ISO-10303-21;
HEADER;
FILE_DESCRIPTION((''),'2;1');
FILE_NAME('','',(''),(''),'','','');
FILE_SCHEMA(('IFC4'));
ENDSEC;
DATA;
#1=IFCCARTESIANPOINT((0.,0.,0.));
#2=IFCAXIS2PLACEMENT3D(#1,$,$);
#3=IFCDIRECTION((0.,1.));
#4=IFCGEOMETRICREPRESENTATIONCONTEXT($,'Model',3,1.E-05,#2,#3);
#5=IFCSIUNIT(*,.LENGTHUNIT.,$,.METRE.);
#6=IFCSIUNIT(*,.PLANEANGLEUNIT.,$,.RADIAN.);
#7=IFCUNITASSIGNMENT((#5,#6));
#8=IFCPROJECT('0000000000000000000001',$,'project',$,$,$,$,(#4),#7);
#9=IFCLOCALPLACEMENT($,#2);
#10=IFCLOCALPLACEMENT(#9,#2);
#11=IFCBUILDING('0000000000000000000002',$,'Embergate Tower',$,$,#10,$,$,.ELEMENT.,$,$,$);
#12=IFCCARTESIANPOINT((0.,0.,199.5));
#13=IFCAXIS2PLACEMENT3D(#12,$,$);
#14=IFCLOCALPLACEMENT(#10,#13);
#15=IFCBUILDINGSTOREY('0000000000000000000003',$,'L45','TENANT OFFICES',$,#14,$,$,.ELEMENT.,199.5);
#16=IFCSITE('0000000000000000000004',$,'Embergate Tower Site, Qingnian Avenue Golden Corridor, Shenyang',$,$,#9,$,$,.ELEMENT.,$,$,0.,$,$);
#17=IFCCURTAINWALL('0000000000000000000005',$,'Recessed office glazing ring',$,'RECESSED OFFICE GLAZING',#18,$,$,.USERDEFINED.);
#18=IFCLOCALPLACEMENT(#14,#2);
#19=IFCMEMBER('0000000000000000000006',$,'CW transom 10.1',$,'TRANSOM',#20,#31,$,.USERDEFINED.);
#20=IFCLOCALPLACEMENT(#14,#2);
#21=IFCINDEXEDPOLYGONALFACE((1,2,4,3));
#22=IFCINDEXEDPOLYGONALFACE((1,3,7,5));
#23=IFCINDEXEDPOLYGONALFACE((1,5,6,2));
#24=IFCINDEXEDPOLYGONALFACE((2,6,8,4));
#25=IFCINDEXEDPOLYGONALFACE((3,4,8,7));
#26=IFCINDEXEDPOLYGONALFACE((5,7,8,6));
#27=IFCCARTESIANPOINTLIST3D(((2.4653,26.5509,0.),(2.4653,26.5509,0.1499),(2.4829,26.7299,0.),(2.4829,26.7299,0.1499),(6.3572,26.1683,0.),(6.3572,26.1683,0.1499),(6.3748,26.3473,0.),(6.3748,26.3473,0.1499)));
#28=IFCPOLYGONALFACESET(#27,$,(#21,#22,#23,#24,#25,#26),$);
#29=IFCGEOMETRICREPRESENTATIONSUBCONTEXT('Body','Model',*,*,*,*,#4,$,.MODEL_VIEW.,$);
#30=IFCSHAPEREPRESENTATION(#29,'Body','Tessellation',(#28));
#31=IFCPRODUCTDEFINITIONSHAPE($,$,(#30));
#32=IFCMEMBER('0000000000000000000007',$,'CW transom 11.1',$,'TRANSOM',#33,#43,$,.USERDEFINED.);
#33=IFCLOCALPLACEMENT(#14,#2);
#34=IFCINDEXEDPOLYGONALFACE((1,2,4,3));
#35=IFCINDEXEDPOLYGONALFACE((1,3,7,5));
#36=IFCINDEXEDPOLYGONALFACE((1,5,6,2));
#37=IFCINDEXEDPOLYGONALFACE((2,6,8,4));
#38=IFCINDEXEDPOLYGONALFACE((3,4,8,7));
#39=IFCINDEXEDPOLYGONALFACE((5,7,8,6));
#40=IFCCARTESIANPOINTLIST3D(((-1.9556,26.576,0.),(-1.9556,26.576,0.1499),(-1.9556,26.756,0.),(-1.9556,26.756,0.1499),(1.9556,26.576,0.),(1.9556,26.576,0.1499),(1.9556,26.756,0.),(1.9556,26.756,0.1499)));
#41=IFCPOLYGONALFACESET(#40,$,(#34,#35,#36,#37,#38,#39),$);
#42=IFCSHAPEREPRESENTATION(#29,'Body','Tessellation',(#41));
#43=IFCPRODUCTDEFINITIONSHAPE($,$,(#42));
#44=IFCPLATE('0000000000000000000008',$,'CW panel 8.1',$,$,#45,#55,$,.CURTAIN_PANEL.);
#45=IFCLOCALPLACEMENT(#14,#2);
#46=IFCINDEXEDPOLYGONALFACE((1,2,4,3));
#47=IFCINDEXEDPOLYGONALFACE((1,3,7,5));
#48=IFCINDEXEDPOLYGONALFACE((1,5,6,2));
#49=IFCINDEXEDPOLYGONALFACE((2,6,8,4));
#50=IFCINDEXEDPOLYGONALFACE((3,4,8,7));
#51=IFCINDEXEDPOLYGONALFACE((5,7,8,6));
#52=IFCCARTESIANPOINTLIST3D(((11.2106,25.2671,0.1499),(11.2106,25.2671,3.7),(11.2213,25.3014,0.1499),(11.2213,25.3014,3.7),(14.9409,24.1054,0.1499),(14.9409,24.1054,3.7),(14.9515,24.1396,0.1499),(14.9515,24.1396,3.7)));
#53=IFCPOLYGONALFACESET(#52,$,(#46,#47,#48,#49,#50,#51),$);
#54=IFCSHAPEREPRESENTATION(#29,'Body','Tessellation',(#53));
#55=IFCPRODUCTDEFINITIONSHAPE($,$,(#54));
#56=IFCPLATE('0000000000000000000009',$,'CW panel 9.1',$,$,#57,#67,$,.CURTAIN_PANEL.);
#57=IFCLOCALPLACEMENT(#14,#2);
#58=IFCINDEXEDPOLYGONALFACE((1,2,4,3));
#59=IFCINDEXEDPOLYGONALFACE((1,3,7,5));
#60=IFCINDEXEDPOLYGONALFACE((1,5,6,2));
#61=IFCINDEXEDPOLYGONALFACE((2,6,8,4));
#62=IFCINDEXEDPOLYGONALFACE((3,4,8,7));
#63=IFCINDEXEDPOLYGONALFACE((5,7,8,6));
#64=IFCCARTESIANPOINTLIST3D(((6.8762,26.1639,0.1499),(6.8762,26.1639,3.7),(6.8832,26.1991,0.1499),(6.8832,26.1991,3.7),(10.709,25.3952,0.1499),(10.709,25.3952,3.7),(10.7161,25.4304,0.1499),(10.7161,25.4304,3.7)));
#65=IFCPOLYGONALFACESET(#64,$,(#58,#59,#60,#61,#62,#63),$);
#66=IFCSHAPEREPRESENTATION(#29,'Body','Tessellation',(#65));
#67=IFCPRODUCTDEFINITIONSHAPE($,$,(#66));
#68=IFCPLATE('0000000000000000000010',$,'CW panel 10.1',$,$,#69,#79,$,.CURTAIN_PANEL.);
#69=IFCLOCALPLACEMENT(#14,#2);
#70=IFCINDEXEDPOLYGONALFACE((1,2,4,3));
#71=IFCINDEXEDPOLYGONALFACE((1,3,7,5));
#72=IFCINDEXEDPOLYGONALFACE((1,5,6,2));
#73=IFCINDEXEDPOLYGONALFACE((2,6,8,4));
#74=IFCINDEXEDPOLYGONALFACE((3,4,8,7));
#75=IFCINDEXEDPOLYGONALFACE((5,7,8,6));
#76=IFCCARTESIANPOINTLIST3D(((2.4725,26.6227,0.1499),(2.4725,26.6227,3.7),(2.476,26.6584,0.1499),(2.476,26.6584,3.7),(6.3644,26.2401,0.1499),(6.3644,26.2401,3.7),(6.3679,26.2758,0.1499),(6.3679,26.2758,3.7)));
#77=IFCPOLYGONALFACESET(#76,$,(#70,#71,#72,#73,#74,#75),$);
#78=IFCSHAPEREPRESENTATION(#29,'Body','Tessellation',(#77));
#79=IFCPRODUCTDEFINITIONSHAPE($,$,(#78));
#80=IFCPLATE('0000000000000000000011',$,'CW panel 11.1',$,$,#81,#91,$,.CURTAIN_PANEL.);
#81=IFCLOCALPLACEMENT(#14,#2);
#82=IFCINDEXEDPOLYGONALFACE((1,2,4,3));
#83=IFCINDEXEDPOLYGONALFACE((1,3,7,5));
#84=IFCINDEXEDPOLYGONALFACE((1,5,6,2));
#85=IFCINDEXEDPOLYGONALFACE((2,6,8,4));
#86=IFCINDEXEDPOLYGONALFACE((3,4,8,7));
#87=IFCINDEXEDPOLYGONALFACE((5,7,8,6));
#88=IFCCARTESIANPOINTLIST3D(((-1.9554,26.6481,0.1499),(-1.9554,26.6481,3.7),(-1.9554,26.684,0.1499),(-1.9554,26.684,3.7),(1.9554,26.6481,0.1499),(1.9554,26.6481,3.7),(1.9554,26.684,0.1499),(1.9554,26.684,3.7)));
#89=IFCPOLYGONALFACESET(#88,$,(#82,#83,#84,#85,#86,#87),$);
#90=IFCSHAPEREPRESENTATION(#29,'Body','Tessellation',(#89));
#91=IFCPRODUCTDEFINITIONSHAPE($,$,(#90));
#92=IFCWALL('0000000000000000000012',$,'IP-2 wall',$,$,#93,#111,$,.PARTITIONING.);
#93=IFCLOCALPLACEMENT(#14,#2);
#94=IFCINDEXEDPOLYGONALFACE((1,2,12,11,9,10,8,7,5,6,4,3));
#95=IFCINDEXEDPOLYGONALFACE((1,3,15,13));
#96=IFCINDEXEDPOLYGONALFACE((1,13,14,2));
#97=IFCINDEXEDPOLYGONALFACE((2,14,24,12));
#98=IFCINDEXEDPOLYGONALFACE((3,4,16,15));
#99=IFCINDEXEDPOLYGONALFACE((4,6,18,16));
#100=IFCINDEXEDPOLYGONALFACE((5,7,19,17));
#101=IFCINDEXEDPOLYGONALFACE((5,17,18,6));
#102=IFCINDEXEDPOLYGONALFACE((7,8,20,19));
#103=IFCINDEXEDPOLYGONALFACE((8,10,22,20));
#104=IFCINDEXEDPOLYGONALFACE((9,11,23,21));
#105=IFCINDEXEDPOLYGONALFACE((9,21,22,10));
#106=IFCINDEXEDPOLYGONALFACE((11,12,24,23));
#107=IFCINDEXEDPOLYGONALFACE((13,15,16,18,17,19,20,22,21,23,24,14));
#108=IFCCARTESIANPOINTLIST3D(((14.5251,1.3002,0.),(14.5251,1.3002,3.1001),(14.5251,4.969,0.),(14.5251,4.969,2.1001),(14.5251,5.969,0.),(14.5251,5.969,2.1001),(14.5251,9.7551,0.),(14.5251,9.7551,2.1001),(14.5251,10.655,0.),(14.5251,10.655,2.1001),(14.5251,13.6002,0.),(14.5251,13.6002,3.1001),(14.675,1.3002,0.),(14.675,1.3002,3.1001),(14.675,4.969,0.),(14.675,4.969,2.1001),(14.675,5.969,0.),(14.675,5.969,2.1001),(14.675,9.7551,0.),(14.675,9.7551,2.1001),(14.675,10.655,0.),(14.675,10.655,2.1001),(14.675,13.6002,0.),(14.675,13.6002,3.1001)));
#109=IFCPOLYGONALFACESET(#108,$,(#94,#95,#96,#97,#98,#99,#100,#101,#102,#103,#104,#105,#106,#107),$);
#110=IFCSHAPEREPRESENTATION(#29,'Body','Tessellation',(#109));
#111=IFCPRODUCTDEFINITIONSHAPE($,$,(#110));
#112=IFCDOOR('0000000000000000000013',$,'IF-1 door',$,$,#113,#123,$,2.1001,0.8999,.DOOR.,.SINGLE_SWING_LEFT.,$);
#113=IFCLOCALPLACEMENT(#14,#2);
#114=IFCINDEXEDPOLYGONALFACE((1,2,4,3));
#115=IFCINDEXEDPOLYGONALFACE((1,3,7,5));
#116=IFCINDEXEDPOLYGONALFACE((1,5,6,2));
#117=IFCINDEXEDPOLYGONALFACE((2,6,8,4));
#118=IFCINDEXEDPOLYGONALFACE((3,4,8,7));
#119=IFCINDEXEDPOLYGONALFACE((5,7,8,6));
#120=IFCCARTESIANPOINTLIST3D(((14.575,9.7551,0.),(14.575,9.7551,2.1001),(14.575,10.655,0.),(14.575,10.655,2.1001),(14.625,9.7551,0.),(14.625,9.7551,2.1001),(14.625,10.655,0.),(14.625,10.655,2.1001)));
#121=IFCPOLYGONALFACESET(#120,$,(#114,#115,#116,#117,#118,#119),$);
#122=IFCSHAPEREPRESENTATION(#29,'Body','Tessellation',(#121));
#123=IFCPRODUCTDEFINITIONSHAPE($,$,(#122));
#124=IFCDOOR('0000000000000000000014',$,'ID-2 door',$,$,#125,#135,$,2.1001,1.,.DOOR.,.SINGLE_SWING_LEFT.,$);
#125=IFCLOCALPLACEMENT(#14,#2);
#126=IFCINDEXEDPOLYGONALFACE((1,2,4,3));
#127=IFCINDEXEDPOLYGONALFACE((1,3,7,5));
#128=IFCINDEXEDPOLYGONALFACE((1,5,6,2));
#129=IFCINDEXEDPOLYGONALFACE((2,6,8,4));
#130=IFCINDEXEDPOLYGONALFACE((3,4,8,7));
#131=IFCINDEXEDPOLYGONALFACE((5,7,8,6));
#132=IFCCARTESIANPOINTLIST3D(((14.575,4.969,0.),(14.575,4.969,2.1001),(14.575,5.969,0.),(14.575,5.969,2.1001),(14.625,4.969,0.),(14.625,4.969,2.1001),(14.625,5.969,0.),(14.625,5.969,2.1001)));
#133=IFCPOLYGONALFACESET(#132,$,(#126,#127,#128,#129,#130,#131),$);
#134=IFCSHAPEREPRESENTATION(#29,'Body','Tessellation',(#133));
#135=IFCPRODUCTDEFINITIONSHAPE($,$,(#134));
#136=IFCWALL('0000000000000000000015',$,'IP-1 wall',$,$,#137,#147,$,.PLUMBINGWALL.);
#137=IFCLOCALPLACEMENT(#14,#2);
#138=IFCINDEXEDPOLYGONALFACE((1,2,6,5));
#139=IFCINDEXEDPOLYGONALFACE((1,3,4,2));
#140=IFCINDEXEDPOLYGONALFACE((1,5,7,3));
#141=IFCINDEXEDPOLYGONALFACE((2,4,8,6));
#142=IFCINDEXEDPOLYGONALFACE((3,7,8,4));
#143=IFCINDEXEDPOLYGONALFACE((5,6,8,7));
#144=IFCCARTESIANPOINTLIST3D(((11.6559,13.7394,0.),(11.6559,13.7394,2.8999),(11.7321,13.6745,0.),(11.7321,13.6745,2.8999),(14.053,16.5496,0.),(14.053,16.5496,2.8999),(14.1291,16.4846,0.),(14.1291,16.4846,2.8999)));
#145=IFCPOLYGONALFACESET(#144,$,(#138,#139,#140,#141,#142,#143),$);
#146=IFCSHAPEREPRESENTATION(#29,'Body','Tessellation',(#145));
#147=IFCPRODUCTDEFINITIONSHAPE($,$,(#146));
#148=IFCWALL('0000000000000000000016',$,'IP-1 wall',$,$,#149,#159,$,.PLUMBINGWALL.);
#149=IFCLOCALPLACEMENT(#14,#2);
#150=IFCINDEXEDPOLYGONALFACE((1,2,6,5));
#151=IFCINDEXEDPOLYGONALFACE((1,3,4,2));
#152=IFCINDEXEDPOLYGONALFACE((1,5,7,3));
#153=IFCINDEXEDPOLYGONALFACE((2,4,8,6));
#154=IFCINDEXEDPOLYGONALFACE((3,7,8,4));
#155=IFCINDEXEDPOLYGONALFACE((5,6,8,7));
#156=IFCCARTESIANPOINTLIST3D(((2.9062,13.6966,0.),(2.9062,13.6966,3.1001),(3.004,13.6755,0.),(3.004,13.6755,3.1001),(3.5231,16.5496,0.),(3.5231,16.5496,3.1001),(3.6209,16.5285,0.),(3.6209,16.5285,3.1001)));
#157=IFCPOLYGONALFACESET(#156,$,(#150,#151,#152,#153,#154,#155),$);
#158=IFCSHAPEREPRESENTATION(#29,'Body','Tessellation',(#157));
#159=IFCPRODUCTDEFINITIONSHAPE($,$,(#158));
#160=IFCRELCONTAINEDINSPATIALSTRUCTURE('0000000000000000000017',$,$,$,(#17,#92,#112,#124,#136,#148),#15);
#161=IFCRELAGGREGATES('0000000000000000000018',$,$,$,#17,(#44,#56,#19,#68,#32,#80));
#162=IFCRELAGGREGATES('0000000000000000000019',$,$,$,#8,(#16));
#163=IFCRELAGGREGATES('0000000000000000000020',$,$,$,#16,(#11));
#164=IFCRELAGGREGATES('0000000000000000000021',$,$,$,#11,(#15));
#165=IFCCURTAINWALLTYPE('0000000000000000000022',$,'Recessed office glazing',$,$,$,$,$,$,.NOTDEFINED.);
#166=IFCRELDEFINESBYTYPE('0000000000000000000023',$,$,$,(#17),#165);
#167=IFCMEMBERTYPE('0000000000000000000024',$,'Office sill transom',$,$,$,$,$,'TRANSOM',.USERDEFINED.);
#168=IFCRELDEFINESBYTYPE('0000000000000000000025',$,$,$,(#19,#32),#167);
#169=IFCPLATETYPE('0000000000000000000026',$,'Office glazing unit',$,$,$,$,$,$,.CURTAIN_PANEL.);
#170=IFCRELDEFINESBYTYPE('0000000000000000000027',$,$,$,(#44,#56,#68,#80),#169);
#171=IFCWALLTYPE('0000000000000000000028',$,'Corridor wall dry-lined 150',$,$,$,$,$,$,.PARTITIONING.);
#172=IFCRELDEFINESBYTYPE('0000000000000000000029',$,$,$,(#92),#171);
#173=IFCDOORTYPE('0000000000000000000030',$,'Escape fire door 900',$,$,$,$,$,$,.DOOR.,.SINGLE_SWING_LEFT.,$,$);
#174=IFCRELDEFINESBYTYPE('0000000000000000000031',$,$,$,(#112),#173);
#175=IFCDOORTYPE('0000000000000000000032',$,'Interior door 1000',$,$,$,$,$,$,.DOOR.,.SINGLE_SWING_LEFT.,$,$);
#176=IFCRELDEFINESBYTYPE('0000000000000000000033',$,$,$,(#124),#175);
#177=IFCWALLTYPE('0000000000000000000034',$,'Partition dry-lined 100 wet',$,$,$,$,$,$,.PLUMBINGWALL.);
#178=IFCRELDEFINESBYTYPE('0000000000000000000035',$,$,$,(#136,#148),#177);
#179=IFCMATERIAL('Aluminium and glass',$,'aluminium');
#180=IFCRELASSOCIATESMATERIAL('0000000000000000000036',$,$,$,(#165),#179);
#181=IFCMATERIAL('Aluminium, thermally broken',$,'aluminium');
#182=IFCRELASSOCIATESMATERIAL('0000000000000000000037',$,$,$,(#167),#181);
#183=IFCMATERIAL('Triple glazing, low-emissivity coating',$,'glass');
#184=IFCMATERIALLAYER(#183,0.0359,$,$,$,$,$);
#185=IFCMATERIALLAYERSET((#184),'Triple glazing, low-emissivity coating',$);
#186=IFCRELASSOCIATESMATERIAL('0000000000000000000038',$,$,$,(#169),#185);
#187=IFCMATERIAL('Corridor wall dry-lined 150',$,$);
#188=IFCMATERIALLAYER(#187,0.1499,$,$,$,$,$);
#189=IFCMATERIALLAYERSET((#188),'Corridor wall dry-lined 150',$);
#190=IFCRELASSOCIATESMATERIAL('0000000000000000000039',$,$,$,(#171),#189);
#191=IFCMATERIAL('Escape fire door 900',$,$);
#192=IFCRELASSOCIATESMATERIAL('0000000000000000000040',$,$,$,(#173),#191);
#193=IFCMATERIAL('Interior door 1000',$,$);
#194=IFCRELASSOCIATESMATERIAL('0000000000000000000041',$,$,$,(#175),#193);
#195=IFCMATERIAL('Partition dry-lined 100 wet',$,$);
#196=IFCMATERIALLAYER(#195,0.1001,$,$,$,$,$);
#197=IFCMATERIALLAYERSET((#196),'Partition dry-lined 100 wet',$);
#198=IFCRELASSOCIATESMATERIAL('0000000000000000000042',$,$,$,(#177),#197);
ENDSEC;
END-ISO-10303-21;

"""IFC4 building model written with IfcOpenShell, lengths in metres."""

from ifc_helpers import new_model, si_unit, direction, frame, frame_2d, origin, origin_2d, place, context, subcontext, project, spatial, rectangle, extrude, source, transform, mapped, material, layer, layer_set, material_profile, profile_set, type_object, element, fill, aggregate, save


model = new_model("IFC4")

# Units and contexts
model_context = context("Model", 3, precision=1e-05, world=origin(), true_north=direction((0.0, 1.0)))
body_context = subcontext(model_context, "Body", "Model", "MODEL_VIEW")
ifc_project = project(units=[si_unit("LENGTHUNIT", "METRE"), si_unit("PLANEANGLEUNIT", "RADIAN")], contexts=[model_context])

# Site, building, storey
site_placement = place(None, origin())
site = spatial("IfcSite", under=ifc_project, at=site_placement, Name="Embergate Tower Site, Qingnian Avenue Golden Corridor, Shenyang", CompositionType="ELEMENT", RefElevation=0.0)
building_placement = place(site_placement, origin())
building = spatial("IfcBuilding", under=site, at=building_placement, Name="Embergate Tower", CompositionType="ELEMENT")
storey_placement = place(building_placement, frame((0.0, 0.0, 199.5)))
storey = spatial("IfcBuildingStorey", under=building, at=storey_placement, Name="L45", Description="TENANT OFFICES", CompositionType="ELEMENT", Elevation=199.5)

# Curtain wall, members, plates
ifc_material_1 = material(Name="Aluminium and glass", Category="aluminium")
curtain_wall_type = type_object("IfcCurtainWallType", Name="Recessed office glazing", PredefinedType="NOTDEFINED", material=ifc_material_1)
curtain_wall_placement = place(storey_placement, origin())
curtain_wall = element("IfcCurtainWall", 1, at=curtain_wall_placement, inside=storey, type_object=curtain_wall_type, Name="Recessed office glazing ring", ObjectType="RECESSED OFFICE GLAZING", PredefinedType="USERDEFINED")
ifc_material_2 = material(Name="Aluminium, thermally broken", Category="aluminium")
ifc_material_profile_1 = material_profile(ifc_material_2, rectangle(XDim=0.1799, YDim=0.1499, at=origin_2d()), Name="AL 150x180")
ifc_profile_set_1 = profile_set([ifc_material_profile_1], Name="Aluminium, thermally broken")
member_type_1 = type_object("IfcMemberType", Name="Office sill transom", ElementType="TRANSOM", PredefinedType="USERDEFINED", material=ifc_profile_set_1)
shared_shape_1 = source(origin(), body_context, "Body", "SweptSolid", [
    extrude(rectangle(XDim=0.1799, YDim=0.1499, at=origin_2d()), origin(), (0.0, 0.0, 1.0), 3.9106),
])
member_1_placement = place(storey_placement, frame((6.366, 26.2578, 0.075), z_axis=(-0.995203, 0.097828, 0.0), x_axis=(-0.097828, -0.995203, 0.0)))
member_1 = element("IfcMember", 2, at=member_1_placement, type_object=member_type_1, Name="CW transom 10.1", ObjectType="TRANSOM", PredefinedType="USERDEFINED", context=body_context, shape_type="MappedRepresentation", body=[
    mapped(shared_shape_1, transform((0.0, 0.0, 0.0))),
])
shared_shape_2 = source(origin(), body_context, "Body", "SweptSolid", [
    extrude(rectangle(XDim=0.1799, YDim=0.1499, at=origin_2d()), origin(), (0.0, 0.0, 1.0), 3.9111),
])
member_2_placement = place(storey_placement, frame((1.9556, 26.666, 0.075), z_axis=(-1.0, 0.0, 0.0), x_axis=(0.0, -1.0, 0.0)))
member_2 = element("IfcMember", 3, at=member_2_placement, type_object=member_type_1, Name="CW transom 11.1", ObjectType="TRANSOM", PredefinedType="USERDEFINED", context=body_context, shape_type="MappedRepresentation", body=[
    mapped(shared_shape_2, transform((0.0, 0.0, 0.0))),
])
ifc_material_3 = material(Name="Triple glazing, low-emissivity coating", Category="glass")
ifc_layer_1 = layer(ifc_material_3, 0.0359)
ifc_layer_set_1 = layer_set([ifc_layer_1], Name="Triple glazing, low-emissivity coating")
plate_type = type_object("IfcPlateType", Name="Office glazing unit", PredefinedType="CURTAIN_PANEL", material=ifc_layer_set_1)
shared_shape_3 = source(origin(), body_context, "Body", "SweptSolid", [
    extrude(rectangle(XDim=3.907, YDim=0.0359, at=origin_2d()), origin(), (0.0, 0.0, 1.0), 3.55),
])
plate_1_placement = place(storey_placement, frame((13.0811, 24.7034, 0.1499), z_axis=(0.0, 0.0, 1.0), x_axis=(-0.95477, 0.297347, 0.0)))
plate_1 = element("IfcPlate", 4, at=plate_1_placement, type_object=plate_type, Name="CW panel 8.1", PredefinedType="CURTAIN_PANEL", context=body_context, shape_type="MappedRepresentation", body=[
    mapped(shared_shape_3, transform((0.0, 0.0, 0.0))),
])
shared_shape_4 = source(origin(), body_context, "Body", "SweptSolid", [
    extrude(rectangle(XDim=3.9092, YDim=0.0359, at=origin_2d()), origin(), (0.0, 0.0, 1.0), 3.55),
])
plate_2_placement = place(storey_placement, frame((8.7961, 25.7971, 0.1499), z_axis=(0.0, 0.0, 1.0), x_axis=(-0.980475, 0.196646, 0.0)))
plate_2 = element("IfcPlate", 5, at=plate_2_placement, type_object=plate_type, Name="CW panel 9.1", PredefinedType="CURTAIN_PANEL", context=body_context, shape_type="MappedRepresentation", body=[
    mapped(shared_shape_4, transform((0.0, 0.0, 0.0))),
])
shared_shape_5 = source(origin(), body_context, "Body", "SweptSolid", [
    extrude(rectangle(XDim=3.9106, YDim=0.0359, at=origin_2d()), origin(), (0.0, 0.0, 1.0), 3.55),
])
plate_3_placement = place(storey_placement, frame((4.4202, 26.4492, 0.1499), z_axis=(0.0, 0.0, 1.0), x_axis=(-0.995203, 0.097833, 0.0)))
plate_3 = element("IfcPlate", 6, at=plate_3_placement, type_object=plate_type, Name="CW panel 10.1", PredefinedType="CURTAIN_PANEL", context=body_context, shape_type="MappedRepresentation", body=[
    mapped(shared_shape_5, transform((0.0, 0.0, 0.0))),
])
shared_shape_6 = source(origin(), body_context, "Body", "SweptSolid", [
    extrude(rectangle(XDim=3.9109, YDim=0.0359, at=origin_2d()), origin(), (0.0, 0.0, 1.0), 3.55),
])
plate_4_placement = place(storey_placement, frame((0.0, 26.666, 0.1499), z_axis=(0.0, 0.0, 1.0), x_axis=(-1.0, 0.0, 0.0)))
plate_4 = element("IfcPlate", 7, at=plate_4_placement, type_object=plate_type, Name="CW panel 11.1", PredefinedType="CURTAIN_PANEL", context=body_context, shape_type="MappedRepresentation", body=[
    mapped(shared_shape_6, transform((0.0, 0.0, 0.0))),
])
aggregate(curtain_wall, [plate_1, plate_2, member_1, plate_3, member_2, plate_4])

# Wall, openings, doors
ifc_material_4 = material(Name="Corridor wall dry-lined 150")
ifc_layer_2 = layer(ifc_material_4, 0.1499)
ifc_layer_set_2 = layer_set([ifc_layer_2], Name="Corridor wall dry-lined 150")
wall_type_1 = type_object("IfcWallType", Name="Corridor wall dry-lined 150", PredefinedType="PARTITIONING", material=ifc_layer_set_2)
shared_shape_7 = source(origin(), body_context, "Body", "SweptSolid", [
    extrude(rectangle(XDim=12.3, YDim=0.1499, at=frame_2d((6.1499, 0.0))), origin(), (0.0, 0.0, 1.0), 3.1001),
])
wall_1_placement = place(storey_placement, frame((14.6001, 13.6001, 0.0), z_axis=(0.0, 0.0, 1.0), x_axis=(0.0, -1.0, 0.0)))
wall_1 = element("IfcWall", 8, at=wall_1_placement, inside=storey, type_object=wall_type_1, Name="IP-2 wall", PredefinedType="PARTITIONING", context=body_context, shape_type="MappedRepresentation", body=[
    mapped(shared_shape_7, transform((0.0, 0.0, 0.0))),
])
shared_shape_8 = source(origin(), body_context, "Body", "SweptSolid", [
    extrude(rectangle(XDim=1.0, YDim=2.1001, at=frame_2d((0.5, 1.05))), frame((0.0, 0.085, 0.0), z_axis=(0.0, -1.0, 0.0), x_axis=(1.0, 0.0, 0.0)), (0.0, 0.0, 1.0), 0.1699),
])
opening_1_placement = place(wall_1_placement, frame((7.6311, 0.0, 0.0)))
opening_1 = element("IfcOpeningElement", 9, at=opening_1_placement, cuts=wall_1, PredefinedType="OPENING", context=body_context, shape_type="MappedRepresentation", body=[
    mapped(shared_shape_8, transform((0.0, 0.0, 0.0))),
])
shared_shape_9 = source(origin(), body_context, "Body", "SweptSolid", [
    extrude(rectangle(XDim=0.8999, YDim=2.1001, at=frame_2d((0.45, 1.05))), frame((0.0, 0.085, 0.0), z_axis=(0.0, -1.0, 0.0), x_axis=(1.0, 0.0, 0.0)), (0.0, 0.0, 1.0), 0.1699),
])
opening_2_placement = place(wall_1_placement, frame((2.9451, 0.0, 0.0)))
opening_2 = element("IfcOpeningElement", 10, at=opening_2_placement, cuts=wall_1, PredefinedType="OPENING", context=body_context, shape_type="MappedRepresentation", body=[
    mapped(shared_shape_9, transform((0.0, 0.0, 0.0))),
])
ifc_material_5 = material(Name="Escape fire door 900")
door_type_1 = type_object("IfcDoorType", Name="Escape fire door 900", OperationType="SINGLE_SWING_LEFT", PredefinedType="DOOR", material=ifc_material_5)
shared_shape_10 = source(origin(), body_context, "Body", "SweptSolid", [
    extrude(rectangle(XDim=0.8999, YDim=2.1001, at=frame_2d((0.45, 1.05))), frame((0.0, 0.0249, 0.0), z_axis=(0.0, -1.0, 0.0), x_axis=(1.0, 0.0, 0.0)), (0.0, 0.0, 1.0), 0.05),
])
door_1_placement = place(opening_2_placement, origin())
door_1 = element("IfcDoor", 11, at=door_1_placement, inside=storey, type_object=door_type_1, Name="IF-1 door", OperationType="SINGLE_SWING_LEFT", OverallHeight=2.1001, OverallWidth=0.8999, PredefinedType="DOOR", context=body_context, shape_type="MappedRepresentation", body=[
    mapped(shared_shape_10, transform((0.0, 0.0, 0.0))),
])
fill(opening_2, door_1)
ifc_material_6 = material(Name="Interior door 1000")
door_type_2 = type_object("IfcDoorType", Name="Interior door 1000", OperationType="SINGLE_SWING_LEFT", PredefinedType="DOOR", material=ifc_material_6)
shared_shape_11 = source(origin(), body_context, "Body", "SweptSolid", [
    extrude(rectangle(XDim=1.0, YDim=2.1001, at=frame_2d((0.5, 1.05))), frame((0.0, 0.0249, 0.0), z_axis=(0.0, -1.0, 0.0), x_axis=(1.0, 0.0, 0.0)), (0.0, 0.0, 1.0), 0.05),
])
door_2_placement = place(opening_1_placement, origin())
door_2 = element("IfcDoor", 12, at=door_2_placement, inside=storey, type_object=door_type_2, Name="ID-2 door", OperationType="SINGLE_SWING_LEFT", OverallHeight=2.1001, OverallWidth=1.0, PredefinedType="DOOR", context=body_context, shape_type="MappedRepresentation", body=[
    mapped(shared_shape_11, transform((0.0, 0.0, 0.0))),
])
fill(opening_1, door_2)

# Walls
ifc_material_7 = material(Name="Partition dry-lined 100 wet")
ifc_layer_3 = layer(ifc_material_7, 0.1001)
ifc_layer_set_3 = layer_set([ifc_layer_3], Name="Partition dry-lined 100 wet")
wall_type_2 = type_object("IfcWallType", Name="Partition dry-lined 100 wet", PredefinedType="PLUMBINGWALL", material=ifc_layer_set_3)
shared_shape_12 = source(origin(), body_context, "Body", "SweptSolid", [
    extrude(rectangle(XDim=3.6936, YDim=0.1001, at=frame_2d((1.8467, 0.0))), origin(), (0.0, 0.0, 1.0), 2.8999),
])
wall_2_placement = place(storey_placement, frame((11.6941, 13.707, 0.0), z_axis=(0.0, 0.0, 1.0), x_axis=(0.648971, 0.760813, 0.0)))
element("IfcWall", 13, at=wall_2_placement, inside=storey, type_object=wall_type_2, Name="IP-1 wall", PredefinedType="PLUMBINGWALL", context=body_context, shape_type="MappedRepresentation", body=[
    mapped(shared_shape_12, transform((0.0, 0.0, 0.0))),
])
shared_shape_13 = source(origin(), body_context, "Body", "SweptSolid", [
    extrude(rectangle(XDim=2.9189, YDim=0.1001, at=frame_2d((1.4595, 0.0))), origin(), (0.0, 0.0, 1.0), 3.1001),
])
wall_3_placement = place(storey_placement, frame((2.9551, 13.686, 0.0), z_axis=(0.0, 0.0, 1.0), x_axis=(0.211357, 0.977409, 0.0)))
element("IfcWall", 14, at=wall_3_placement, inside=storey, type_object=wall_type_2, Name="IP-1 wall", PredefinedType="PLUMBINGWALL", context=body_context, shape_type="MappedRepresentation", body=[
    mapped(shared_shape_13, transform((0.0, 0.0, 0.0))),
])

save(model, "model.ifc")
